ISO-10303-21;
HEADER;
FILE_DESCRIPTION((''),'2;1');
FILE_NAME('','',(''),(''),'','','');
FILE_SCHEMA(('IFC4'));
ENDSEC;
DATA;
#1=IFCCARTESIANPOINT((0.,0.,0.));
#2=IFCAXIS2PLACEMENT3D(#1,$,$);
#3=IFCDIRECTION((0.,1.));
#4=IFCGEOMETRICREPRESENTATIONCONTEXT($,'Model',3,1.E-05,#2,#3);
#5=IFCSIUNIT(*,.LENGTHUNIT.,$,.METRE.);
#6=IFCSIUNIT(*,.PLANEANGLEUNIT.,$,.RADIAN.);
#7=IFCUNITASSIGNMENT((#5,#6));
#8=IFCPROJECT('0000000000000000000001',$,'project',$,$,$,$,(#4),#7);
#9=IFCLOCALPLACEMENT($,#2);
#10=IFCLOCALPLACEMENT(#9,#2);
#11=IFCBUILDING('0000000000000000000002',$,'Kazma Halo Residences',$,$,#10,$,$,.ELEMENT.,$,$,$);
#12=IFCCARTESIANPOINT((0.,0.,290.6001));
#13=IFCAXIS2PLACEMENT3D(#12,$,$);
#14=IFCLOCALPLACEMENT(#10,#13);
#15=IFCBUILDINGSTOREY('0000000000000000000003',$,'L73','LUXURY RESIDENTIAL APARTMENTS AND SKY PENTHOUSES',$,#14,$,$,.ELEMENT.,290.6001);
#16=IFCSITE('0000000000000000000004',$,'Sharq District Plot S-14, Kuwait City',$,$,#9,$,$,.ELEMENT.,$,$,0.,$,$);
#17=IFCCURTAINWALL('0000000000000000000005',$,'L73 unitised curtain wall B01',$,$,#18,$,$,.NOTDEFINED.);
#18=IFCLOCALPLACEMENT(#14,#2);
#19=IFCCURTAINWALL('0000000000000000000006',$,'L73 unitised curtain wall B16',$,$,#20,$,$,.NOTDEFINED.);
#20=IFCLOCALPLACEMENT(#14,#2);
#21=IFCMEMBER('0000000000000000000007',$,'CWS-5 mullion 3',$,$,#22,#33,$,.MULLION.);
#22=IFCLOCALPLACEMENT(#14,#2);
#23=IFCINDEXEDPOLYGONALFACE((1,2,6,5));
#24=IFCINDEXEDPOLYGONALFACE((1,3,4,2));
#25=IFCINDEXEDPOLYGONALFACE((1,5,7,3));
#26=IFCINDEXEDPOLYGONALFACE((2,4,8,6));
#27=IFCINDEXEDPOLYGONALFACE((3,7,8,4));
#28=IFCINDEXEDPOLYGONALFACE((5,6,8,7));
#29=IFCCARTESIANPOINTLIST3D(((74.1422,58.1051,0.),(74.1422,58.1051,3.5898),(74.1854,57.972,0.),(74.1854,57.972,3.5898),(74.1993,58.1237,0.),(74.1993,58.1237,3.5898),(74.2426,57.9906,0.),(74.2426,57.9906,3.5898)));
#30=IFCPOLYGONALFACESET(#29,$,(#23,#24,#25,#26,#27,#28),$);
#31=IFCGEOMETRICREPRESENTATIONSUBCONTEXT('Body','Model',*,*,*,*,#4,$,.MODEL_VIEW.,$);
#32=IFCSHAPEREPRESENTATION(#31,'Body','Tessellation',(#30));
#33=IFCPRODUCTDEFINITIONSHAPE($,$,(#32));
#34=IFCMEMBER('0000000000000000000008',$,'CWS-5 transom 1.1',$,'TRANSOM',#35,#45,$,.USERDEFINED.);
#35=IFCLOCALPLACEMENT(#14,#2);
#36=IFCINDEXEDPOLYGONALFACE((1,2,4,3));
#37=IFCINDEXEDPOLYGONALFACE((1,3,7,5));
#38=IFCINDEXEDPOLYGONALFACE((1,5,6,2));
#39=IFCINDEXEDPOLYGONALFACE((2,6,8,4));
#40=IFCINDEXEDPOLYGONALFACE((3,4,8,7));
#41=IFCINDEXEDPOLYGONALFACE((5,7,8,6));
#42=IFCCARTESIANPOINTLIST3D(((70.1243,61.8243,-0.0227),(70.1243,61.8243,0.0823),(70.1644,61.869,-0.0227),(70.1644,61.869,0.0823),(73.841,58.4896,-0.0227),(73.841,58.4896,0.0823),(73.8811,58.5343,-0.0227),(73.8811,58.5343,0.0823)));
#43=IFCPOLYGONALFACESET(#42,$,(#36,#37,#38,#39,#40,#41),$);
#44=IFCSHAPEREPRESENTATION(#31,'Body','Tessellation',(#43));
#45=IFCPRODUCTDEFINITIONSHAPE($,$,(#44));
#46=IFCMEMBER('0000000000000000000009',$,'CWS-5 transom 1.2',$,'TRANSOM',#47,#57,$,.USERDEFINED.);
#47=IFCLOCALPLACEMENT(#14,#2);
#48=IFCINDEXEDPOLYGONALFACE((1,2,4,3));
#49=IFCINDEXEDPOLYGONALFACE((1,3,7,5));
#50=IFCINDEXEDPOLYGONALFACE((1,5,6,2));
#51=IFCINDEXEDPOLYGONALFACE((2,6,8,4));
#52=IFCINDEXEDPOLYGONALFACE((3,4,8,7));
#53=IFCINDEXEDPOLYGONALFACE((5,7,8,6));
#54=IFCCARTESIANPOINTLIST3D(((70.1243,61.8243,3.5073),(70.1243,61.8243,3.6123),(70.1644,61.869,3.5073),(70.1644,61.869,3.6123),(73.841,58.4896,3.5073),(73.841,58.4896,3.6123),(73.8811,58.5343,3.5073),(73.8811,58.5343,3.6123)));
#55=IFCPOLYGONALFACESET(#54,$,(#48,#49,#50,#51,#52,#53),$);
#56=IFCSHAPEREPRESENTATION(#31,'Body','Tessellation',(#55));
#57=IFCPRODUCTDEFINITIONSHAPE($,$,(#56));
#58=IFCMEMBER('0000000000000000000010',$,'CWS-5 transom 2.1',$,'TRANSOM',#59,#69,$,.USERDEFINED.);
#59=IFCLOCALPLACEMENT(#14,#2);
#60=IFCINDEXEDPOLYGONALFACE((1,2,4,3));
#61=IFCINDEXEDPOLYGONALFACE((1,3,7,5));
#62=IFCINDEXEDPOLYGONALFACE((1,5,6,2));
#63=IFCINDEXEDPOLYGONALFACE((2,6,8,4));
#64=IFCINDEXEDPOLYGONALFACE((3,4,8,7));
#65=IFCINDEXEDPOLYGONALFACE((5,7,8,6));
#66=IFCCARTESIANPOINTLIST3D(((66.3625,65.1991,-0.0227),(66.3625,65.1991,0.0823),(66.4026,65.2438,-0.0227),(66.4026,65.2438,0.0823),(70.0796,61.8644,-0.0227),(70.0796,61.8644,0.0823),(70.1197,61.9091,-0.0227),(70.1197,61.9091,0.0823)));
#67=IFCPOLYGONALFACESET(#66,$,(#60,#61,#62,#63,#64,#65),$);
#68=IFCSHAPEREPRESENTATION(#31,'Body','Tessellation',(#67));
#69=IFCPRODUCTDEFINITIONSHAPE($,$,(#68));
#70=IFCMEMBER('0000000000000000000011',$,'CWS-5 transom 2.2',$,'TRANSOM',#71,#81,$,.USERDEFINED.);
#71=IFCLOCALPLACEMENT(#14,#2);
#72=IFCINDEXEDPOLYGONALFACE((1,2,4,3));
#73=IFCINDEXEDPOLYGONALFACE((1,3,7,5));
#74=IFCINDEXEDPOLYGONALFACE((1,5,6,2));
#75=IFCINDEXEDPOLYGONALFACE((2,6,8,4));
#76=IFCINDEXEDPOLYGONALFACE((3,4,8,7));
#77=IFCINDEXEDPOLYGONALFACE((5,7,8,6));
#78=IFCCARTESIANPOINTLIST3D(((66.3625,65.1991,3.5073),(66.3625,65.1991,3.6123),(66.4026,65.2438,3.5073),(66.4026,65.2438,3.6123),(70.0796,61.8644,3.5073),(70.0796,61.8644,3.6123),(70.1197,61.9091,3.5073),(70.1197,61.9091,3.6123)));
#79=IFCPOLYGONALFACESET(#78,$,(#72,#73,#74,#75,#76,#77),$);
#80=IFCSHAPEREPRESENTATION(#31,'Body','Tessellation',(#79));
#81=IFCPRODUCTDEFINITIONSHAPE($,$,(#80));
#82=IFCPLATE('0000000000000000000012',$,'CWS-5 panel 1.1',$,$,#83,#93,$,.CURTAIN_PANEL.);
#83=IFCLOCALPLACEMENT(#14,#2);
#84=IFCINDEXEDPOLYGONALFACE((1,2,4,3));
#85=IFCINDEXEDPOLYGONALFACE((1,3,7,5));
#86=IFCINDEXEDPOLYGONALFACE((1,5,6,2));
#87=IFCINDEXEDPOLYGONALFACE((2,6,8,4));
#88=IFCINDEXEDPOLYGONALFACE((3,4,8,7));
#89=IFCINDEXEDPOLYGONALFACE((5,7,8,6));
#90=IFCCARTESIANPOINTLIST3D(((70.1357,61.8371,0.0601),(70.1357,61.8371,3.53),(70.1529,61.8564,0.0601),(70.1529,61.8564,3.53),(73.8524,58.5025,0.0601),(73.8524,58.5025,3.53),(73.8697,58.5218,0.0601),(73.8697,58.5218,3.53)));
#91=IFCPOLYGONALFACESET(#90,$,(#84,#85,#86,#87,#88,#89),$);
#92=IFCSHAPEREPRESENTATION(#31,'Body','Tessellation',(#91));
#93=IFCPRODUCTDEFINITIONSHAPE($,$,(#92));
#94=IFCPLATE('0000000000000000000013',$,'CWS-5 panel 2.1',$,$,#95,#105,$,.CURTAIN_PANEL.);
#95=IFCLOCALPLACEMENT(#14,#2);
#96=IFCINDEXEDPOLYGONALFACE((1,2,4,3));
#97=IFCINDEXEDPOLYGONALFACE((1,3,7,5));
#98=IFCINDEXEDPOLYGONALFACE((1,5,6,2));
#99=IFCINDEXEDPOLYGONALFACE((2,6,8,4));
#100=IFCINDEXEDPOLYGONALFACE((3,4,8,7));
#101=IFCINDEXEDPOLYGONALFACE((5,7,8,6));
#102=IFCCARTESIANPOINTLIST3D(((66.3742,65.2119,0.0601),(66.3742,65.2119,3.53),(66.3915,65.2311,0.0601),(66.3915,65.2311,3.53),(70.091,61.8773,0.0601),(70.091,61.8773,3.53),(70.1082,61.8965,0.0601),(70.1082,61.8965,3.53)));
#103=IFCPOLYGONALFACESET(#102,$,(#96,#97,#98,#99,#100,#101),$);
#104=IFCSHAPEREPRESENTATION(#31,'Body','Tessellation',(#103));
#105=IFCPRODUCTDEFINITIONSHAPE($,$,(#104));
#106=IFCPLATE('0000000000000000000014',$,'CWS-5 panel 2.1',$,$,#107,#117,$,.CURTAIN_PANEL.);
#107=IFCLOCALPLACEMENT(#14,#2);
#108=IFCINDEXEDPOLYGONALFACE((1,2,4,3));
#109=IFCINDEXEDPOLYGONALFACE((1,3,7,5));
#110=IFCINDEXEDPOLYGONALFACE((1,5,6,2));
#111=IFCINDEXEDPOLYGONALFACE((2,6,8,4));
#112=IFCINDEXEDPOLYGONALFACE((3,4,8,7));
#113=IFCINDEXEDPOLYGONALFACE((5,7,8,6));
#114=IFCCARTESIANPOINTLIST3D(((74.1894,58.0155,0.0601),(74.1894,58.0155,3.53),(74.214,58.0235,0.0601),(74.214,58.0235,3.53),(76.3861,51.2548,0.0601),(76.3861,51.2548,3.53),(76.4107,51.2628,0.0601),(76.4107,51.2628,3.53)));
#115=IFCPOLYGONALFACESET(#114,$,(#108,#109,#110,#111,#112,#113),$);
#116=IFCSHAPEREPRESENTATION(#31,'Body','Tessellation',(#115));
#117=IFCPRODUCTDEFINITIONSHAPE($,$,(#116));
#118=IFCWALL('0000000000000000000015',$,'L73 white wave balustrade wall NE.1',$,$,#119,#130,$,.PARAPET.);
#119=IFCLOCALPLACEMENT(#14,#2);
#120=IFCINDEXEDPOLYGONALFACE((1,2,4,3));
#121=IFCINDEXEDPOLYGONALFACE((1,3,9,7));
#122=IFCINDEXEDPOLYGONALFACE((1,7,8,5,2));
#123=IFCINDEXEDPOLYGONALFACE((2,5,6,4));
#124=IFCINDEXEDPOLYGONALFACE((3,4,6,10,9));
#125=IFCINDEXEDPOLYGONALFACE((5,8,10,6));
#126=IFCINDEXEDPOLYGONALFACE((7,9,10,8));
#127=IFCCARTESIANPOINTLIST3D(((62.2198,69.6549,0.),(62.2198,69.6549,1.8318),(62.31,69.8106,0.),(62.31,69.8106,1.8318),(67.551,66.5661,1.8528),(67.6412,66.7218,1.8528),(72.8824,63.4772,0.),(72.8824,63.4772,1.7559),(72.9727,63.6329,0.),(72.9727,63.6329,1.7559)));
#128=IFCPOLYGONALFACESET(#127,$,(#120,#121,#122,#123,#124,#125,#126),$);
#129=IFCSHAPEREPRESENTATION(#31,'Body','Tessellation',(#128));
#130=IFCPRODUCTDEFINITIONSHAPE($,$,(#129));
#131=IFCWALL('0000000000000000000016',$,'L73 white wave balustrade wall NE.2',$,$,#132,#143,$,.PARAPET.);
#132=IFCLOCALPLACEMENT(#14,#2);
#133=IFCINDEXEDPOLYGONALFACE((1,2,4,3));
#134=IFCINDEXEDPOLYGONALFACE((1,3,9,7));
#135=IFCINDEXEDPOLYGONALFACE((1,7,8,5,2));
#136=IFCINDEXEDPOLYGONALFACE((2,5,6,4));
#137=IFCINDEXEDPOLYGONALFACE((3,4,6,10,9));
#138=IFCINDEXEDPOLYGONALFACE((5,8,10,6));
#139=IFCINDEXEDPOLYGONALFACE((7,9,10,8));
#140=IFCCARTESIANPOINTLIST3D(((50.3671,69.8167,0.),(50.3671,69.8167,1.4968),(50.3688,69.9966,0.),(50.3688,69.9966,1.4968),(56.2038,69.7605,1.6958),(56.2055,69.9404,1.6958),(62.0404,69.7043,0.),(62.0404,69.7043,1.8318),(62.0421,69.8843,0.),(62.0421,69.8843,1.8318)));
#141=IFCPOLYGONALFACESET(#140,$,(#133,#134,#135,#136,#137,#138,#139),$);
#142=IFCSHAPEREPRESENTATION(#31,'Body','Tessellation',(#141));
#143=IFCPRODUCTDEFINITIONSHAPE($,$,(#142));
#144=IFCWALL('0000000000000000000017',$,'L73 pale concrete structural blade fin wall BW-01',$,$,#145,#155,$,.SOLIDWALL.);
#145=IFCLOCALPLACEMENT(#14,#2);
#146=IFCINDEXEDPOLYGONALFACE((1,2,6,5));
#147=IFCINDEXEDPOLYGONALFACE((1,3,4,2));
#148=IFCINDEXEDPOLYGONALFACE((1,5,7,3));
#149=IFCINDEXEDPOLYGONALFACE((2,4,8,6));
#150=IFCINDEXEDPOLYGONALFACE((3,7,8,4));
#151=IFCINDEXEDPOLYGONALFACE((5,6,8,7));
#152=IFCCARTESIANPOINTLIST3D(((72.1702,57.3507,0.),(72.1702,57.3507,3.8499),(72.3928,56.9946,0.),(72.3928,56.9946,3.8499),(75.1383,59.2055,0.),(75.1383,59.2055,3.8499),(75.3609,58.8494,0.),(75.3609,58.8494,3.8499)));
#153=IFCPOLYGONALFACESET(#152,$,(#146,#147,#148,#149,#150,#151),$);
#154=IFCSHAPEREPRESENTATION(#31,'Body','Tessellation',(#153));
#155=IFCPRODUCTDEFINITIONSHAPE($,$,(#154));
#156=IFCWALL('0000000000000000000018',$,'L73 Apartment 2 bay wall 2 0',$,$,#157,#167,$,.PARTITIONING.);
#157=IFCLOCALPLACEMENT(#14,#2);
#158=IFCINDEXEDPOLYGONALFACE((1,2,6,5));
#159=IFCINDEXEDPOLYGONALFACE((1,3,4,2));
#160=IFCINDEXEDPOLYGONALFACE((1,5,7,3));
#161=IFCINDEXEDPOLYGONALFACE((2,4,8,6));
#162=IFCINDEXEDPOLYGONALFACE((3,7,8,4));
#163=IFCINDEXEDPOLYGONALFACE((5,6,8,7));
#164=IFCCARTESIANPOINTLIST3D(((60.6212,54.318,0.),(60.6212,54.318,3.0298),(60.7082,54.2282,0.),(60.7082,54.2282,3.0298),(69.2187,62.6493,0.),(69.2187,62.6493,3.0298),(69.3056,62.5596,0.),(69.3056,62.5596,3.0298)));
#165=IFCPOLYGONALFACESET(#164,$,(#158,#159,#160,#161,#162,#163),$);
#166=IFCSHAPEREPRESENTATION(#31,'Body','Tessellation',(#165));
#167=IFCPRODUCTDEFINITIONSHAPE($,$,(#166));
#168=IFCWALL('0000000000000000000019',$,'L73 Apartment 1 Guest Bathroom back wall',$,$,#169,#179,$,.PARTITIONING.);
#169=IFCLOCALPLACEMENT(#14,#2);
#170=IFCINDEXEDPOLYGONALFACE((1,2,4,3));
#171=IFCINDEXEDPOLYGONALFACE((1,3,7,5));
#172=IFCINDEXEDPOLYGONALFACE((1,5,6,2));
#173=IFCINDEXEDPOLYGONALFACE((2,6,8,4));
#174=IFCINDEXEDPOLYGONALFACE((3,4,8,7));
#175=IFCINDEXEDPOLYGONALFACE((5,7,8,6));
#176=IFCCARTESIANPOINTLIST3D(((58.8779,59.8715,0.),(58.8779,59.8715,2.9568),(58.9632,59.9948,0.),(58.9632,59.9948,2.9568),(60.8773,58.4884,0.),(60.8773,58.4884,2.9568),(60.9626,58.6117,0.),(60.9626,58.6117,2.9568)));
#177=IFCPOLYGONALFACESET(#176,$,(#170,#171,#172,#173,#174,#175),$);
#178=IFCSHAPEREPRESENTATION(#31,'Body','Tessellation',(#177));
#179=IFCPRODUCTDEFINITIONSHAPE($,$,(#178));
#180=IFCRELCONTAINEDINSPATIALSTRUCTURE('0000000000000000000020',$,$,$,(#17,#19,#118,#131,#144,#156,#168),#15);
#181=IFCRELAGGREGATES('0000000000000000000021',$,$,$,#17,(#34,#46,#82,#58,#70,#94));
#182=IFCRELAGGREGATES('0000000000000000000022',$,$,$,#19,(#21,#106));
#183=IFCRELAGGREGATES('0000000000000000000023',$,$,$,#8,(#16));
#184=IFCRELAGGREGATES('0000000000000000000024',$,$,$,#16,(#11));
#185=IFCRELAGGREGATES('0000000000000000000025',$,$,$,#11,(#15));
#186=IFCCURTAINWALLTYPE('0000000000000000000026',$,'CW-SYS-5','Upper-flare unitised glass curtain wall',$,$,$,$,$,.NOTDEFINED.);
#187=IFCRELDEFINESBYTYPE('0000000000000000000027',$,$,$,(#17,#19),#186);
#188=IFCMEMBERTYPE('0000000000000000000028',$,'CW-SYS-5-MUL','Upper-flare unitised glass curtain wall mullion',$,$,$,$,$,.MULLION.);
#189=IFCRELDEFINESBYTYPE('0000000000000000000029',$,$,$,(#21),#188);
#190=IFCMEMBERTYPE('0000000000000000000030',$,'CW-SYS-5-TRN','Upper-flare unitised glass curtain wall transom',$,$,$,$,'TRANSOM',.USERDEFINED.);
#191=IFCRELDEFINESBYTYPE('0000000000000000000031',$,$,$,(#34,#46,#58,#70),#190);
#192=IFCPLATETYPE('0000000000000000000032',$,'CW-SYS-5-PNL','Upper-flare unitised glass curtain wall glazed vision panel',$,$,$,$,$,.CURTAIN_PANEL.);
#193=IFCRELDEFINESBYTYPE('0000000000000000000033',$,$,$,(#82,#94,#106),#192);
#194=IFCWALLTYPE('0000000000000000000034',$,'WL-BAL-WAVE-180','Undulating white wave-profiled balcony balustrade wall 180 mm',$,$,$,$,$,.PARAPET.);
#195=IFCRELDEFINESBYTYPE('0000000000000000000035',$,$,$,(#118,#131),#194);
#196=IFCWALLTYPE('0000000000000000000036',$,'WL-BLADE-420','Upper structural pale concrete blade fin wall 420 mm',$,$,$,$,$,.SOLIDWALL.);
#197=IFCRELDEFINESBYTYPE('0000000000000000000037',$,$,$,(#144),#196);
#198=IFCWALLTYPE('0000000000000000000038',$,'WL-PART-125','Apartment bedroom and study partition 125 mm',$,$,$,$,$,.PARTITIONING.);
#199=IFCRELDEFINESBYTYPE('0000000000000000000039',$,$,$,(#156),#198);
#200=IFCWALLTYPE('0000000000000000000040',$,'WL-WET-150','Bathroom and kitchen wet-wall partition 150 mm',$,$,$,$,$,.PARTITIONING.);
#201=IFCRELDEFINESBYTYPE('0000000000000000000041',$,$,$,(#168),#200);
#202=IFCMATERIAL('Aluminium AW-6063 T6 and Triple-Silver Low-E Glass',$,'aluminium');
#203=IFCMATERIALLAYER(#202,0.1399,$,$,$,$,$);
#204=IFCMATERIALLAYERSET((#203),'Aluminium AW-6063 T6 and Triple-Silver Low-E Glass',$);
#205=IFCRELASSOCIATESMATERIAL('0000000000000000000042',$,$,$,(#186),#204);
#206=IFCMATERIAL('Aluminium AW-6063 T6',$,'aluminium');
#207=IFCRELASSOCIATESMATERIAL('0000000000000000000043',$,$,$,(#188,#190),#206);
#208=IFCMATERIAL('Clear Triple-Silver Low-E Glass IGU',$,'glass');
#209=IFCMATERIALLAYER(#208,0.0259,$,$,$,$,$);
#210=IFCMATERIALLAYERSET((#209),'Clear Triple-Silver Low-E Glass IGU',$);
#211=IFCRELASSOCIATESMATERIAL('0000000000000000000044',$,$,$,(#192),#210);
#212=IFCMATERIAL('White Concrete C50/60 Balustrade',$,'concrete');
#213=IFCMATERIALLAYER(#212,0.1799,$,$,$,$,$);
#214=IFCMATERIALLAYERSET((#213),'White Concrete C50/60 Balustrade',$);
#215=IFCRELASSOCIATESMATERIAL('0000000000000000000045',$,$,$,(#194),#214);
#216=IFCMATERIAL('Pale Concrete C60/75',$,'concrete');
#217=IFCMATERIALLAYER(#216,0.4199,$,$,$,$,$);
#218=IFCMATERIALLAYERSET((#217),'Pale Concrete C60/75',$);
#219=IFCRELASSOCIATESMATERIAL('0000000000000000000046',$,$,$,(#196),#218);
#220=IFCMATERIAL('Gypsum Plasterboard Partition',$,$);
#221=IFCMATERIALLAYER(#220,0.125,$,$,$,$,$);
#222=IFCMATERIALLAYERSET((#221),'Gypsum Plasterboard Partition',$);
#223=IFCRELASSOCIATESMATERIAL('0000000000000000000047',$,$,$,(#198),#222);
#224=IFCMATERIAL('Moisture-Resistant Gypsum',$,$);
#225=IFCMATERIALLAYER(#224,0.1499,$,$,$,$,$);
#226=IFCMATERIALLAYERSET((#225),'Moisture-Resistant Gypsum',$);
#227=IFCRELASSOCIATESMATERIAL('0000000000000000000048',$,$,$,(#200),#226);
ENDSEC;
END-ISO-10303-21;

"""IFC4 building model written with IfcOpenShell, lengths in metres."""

from ifc_helpers import new_model, si_unit, direction, frame, frame_2d, origin, origin_2d, place, context, subcontext, project, spatial, polyline, rectangle, outline, extrude, material, layer, layer_set, material_profile, profile_set, type_object, element, aggregate, save


model = new_model("IFC4")

# Units and contexts
model_context = context("Model", 3, precision=1e-05, world=origin(), true_north=direction((0.0, 1.0)))
body_context = subcontext(model_context, "Body", "Model", "MODEL_VIEW")
ifc_project = project(units=[si_unit("LENGTHUNIT", "METRE"), si_unit("PLANEANGLEUNIT", "RADIAN")], contexts=[model_context])

# Site, building, storey
site_placement = place(None, origin())
site = spatial("IfcSite", under=ifc_project, at=site_placement, Name="Sharq District Plot S-14, Kuwait City", CompositionType="ELEMENT", RefElevation=0.0)
building_placement = place(site_placement, origin())
building = spatial("IfcBuilding", under=site, at=building_placement, Name="Kazma Halo Residences", CompositionType="ELEMENT")
storey_placement = place(building_placement, frame((0.0, 0.0, 290.6001)))
storey = spatial("IfcBuildingStorey", under=building, at=storey_placement, Name="L73", Description="LUXURY RESIDENTIAL APARTMENTS AND SKY PENTHOUSES", CompositionType="ELEMENT", Elevation=290.6001)

# Curtain wall
ifc_material_1 = material(Name="Aluminium AW-6063 T6 and Triple-Silver Low-E Glass", Category="aluminium")
ifc_layer_1 = layer(ifc_material_1, 0.1399)
ifc_layer_set_1 = layer_set([ifc_layer_1], Name="Aluminium AW-6063 T6 and Triple-Silver Low-E Glass")
curtain_wall_type = type_object("IfcCurtainWallType", Name="CW-SYS-5", Description="Upper-flare unitised glass curtain wall", PredefinedType="NOTDEFINED", material=ifc_layer_set_1)
curtain_wall_1_placement = place(storey_placement, origin())
curtain_wall_1 = element("IfcCurtainWall", 1, at=curtain_wall_1_placement, inside=storey, type_object=curtain_wall_type, Name="L73 unitised curtain wall B01", PredefinedType="NOTDEFINED")
ifc_material_2 = material(Name="Aluminium AW-6063 T6", Category="aluminium")
ifc_material_profile_1 = material_profile(ifc_material_2, rectangle(XDim=0.0601, YDim=0.1399, at=origin_2d()), Name="CWM-60x140")
ifc_profile_set_1 = profile_set([ifc_material_profile_1], Name="Aluminium AW-6063 T6")
member_type_1 = type_object("IfcMemberType", Name="CW-SYS-5-MUL", Description="Upper-flare unitised glass curtain wall mullion", PredefinedType="MULLION", material=ifc_profile_set_1)

# Curtain wall, member
curtain_wall_2_placement = place(storey_placement, origin())
curtain_wall_2 = element("IfcCurtainWall", 2, at=curtain_wall_2_placement, inside=storey, type_object=curtain_wall_type, Name="L73 unitised curtain wall B16", PredefinedType="NOTDEFINED")
member_1_placement = place(storey_placement, frame((74.1924, 58.0479, 0.0), z_axis=(0.0, 0.0, 1.0), x_axis=(-0.951058, -0.309011, 0.0)))
member_1 = element("IfcMember", 3, at=member_1_placement, type_object=member_type_1, Name="CWS-5 mullion 3", PredefinedType="MULLION", context=body_context, shape_type="SweptSolid", body=[
    extrude(rectangle(XDim=0.0601, YDim=0.1399, at=origin_2d()), origin(), (0.0, 0.0, 1.0), 3.5898),
])

# Members
ifc_material_profile_2 = material_profile(ifc_material_2, rectangle(XDim=0.0601, YDim=0.105, at=origin_2d()), Name="CWT-60x105")
ifc_profile_set_2 = profile_set([ifc_material_profile_2], Name="Aluminium AW-6063 T6")
member_type_2 = type_object("IfcMemberType", Name="CW-SYS-5-TRN", Description="Upper-flare unitised glass curtain wall transom", ElementType="TRANSOM", PredefinedType="USERDEFINED", material=ifc_profile_set_2)
member_2_placement = place(storey_placement, frame((73.8611, 58.512, 0.0298), z_axis=(-0.744329, 0.667813, 0.0), x_axis=(-0.667813, -0.744329, 0.0)))
member_2 = element("IfcMember", 4, at=member_2_placement, type_object=member_type_2, Name="CWS-5 transom 1.1", ObjectType="TRANSOM", PredefinedType="USERDEFINED", context=body_context, shape_type="SweptSolid", body=[
    extrude(rectangle(XDim=0.0601, YDim=0.105, at=origin_2d()), origin(), (0.0, 0.0, 1.0), 4.9934),
])
member_3_placement = place(storey_placement, frame((73.8611, 58.512, 3.5598), z_axis=(-0.744329, 0.667813, 0.0), x_axis=(-0.667813, -0.744329, 0.0)))
member_3 = element("IfcMember", 5, at=member_3_placement, type_object=member_type_2, Name="CWS-5 transom 1.2", ObjectType="TRANSOM", PredefinedType="USERDEFINED", context=body_context, shape_type="SweptSolid", body=[
    extrude(rectangle(XDim=0.0601, YDim=0.105, at=origin_2d()), origin(), (0.0, 0.0, 1.0), 4.9934),
])
member_4_placement = place(storey_placement, frame((70.0996, 61.8867, 0.0298), z_axis=(-0.744351, 0.667789, 0.0), x_axis=(-0.667789, -0.744351, 0.0)))
member_4 = element("IfcMember", 6, at=member_4_placement, type_object=member_type_2, Name="CWS-5 transom 2.1", ObjectType="TRANSOM", PredefinedType="USERDEFINED", context=body_context, shape_type="SweptSolid", body=[
    extrude(rectangle(XDim=0.0601, YDim=0.105, at=origin_2d()), origin(), (0.0, 0.0, 1.0), 4.9937),
])
member_5_placement = place(storey_placement, frame((70.0996, 61.8867, 3.5598), z_axis=(-0.744351, 0.667789, 0.0), x_axis=(-0.667789, -0.744351, 0.0)))
member_5 = element("IfcMember", 7, at=member_5_placement, type_object=member_type_2, Name="CWS-5 transom 2.2", ObjectType="TRANSOM", PredefinedType="USERDEFINED", context=body_context, shape_type="SweptSolid", body=[
    extrude(rectangle(XDim=0.0601, YDim=0.105, at=origin_2d()), origin(), (0.0, 0.0, 1.0), 4.9937),
])

# Plates
ifc_material_3 = material(Name="Clear Triple-Silver Low-E Glass IGU", Category="glass")
ifc_layer_2 = layer(ifc_material_3, 0.0259)
ifc_layer_set_2 = layer_set([ifc_layer_2], Name="Clear Triple-Silver Low-E Glass IGU")
plate_type = type_object("IfcPlateType", Name="CW-SYS-5-PNL", Description="Upper-flare unitised glass curtain wall glazed vision panel", PredefinedType="CURTAIN_PANEL", material=ifc_layer_set_2)
plate_1_placement = place(storey_placement, frame((72.0027, 60.1794, 0.0601), z_axis=(0.0, 0.0, 1.0), x_axis=(-0.744336, 0.667805, 0.0)))
plate_1 = element("IfcPlate", 8, at=plate_1_placement, type_object=plate_type, Name="CWS-5 panel 1.1", PredefinedType="CURTAIN_PANEL", context=body_context, shape_type="SweptSolid", body=[
    extrude(rectangle(XDim=4.9934, YDim=0.0259, at=origin_2d()), origin(), (0.0, 0.0, 1.0), 3.47),
])
plate_2_placement = place(storey_placement, frame((68.2412, 63.5542, 0.0601), z_axis=(0.0, 0.0, 1.0), x_axis=(-0.744336, 0.667805, 0.0)))
plate_2 = element("IfcPlate", 9, at=plate_2_placement, type_object=plate_type, Name="CWS-5 panel 2.1", PredefinedType="CURTAIN_PANEL", context=body_context, shape_type="SweptSolid", body=[
    extrude(rectangle(XDim=4.9934, YDim=0.0259, at=origin_2d()), origin(), (0.0, 0.0, 1.0), 3.47),
])
aggregate(curtain_wall_1, [member_2, member_3, plate_1, member_4, member_5, plate_2])
plate_3_placement = place(storey_placement, frame((75.3, 54.6392, 0.0601), z_axis=(0.0, 0.0, 1.0), x_axis=(-0.309011, 0.951058, 0.0)))
plate_3 = element("IfcPlate", 10, at=plate_3_placement, type_object=plate_type, Name="CWS-5 panel 2.1", PredefinedType="CURTAIN_PANEL", context=body_context, shape_type="SweptSolid", body=[
    extrude(rectangle(XDim=7.1086, YDim=0.0259, at=origin_2d()), origin(), (0.0, 0.0, 1.0), 3.47),
])
aggregate(curtain_wall_2, [member_1, plate_3])

# Walls
ifc_material_4 = material(Name="White Concrete C50/60 Balustrade", Category="concrete")
ifc_layer_3 = layer(ifc_material_4, 0.1799)
ifc_layer_set_3 = layer_set([ifc_layer_3], Name="White Concrete C50/60 Balustrade")
wall_type_1 = type_object("IfcWallType", Name="WL-BAL-WAVE-180", Description="Undulating white wave-profiled balcony balustrade wall 180 mm", PredefinedType="PARAPET", material=ifc_layer_set_3)
wall_1_placement = place(storey_placement, frame((72.9275, 63.5549, 0.0), z_axis=(0.0, 0.0, 1.0), x_axis=(-0.865263, 0.501319, 0.0)))
element("IfcWall", 11, at=wall_1_placement, inside=storey, type_object=wall_type_1, Name="L73 white wave balustrade wall NE.1", PredefinedType="PARAPET", context=body_context, shape_type="SweptSolid", body=[
    extrude(outline(polyline([(0.0, 0.0), (12.323, 0.0), (12.323, 1.8318), (6.1616, 1.8528), (0.0, 1.7559), (0.0, 0.0)])), frame((0.0, 0.0898, 0.0), z_axis=(0.0, -1.0, 0.0), x_axis=(1.0, 0.0, 0.0)), (0.0, 0.0, 1.0), 0.1799),
])
wall_2_placement = place(storey_placement, frame((62.0413, 69.7942, 0.0), z_axis=(0.0, 0.0, 1.0), x_axis=(-0.999954, 0.00962, 0.0)))
element("IfcWall", 12, at=wall_2_placement, inside=storey, type_object=wall_type_1, Name="L73 white wave balustrade wall NE.2", PredefinedType="PARAPET", context=body_context, shape_type="SweptSolid", body=[
    extrude(outline(polyline([(0.0, 0.0), (11.6738, 0.0), (11.6738, 1.4968), (5.8369, 1.6958), (0.0, 1.8318), (0.0, 0.0)])), frame((0.0, 0.0898, 0.0), z_axis=(0.0, -1.0, 0.0), x_axis=(1.0, 0.0, 0.0)), (0.0, 0.0, 1.0), 0.1799),
])
ifc_material_5 = material(Name="Pale Concrete C60/75", Category="concrete")
ifc_layer_4 = layer(ifc_material_5, 0.4199)
ifc_layer_set_4 = layer_set([ifc_layer_4], Name="Pale Concrete C60/75")
wall_type_2 = type_object("IfcWallType", Name="WL-BLADE-420", Description="Upper structural pale concrete blade fin wall 420 mm", PredefinedType="SOLIDWALL", material=ifc_layer_set_4)
wall_3_placement = place(storey_placement, frame((72.2815, 57.1726, 0.0), z_axis=(0.0, 0.0, 1.0), x_axis=(0.848034, 0.529943, 0.0)))
element("IfcWall", 13, at=wall_3_placement, inside=storey, type_object=wall_type_2, Name="L73 pale concrete structural blade fin wall BW-01", PredefinedType="SOLIDWALL", context=body_context, shape_type="SweptSolid", body=[
    extrude(rectangle(XDim=3.5, YDim=0.4199, at=frame_2d((1.75, 0.0))), origin(), (0.0, 0.0, 1.0), 3.8499),
])

# Walls
ifc_material_6 = material(Name="Gypsum Plasterboard Partition")
ifc_layer_5 = layer(ifc_material_6, 0.125)
ifc_layer_set_5 = layer_set([ifc_layer_5], Name="Gypsum Plasterboard Partition")
wall_type_3 = type_object("IfcWallType", Name="WL-PART-125", Description="Apartment bedroom and study partition 125 mm", PredefinedType="PARTITIONING", material=ifc_layer_set_5)
wall_4_placement = place(storey_placement, frame((60.6648, 54.2732, 0.0), z_axis=(0.0, 0.0, 1.0), x_axis=(0.718134, 0.695905, 0.0)))
element("IfcWall", 14, at=wall_4_placement, inside=storey, type_object=wall_type_3, Name="L73 Apartment 2 bay wall 2 0", PredefinedType="PARTITIONING", context=body_context, shape_type="SweptSolid", body=[
    extrude(rectangle(XDim=11.9719, YDim=0.125, at=frame_2d((5.9858, 0.0))), origin(), (0.0, 0.0, 1.0), 3.0298),
])
ifc_material_7 = material(Name="Moisture-Resistant Gypsum")
ifc_layer_6 = layer(ifc_material_7, 0.1499)
ifc_layer_set_6 = layer_set([ifc_layer_6], Name="Moisture-Resistant Gypsum")
wall_type_4 = type_object("IfcWallType", Name="WL-WET-150", Description="Bathroom and kitchen wet-wall partition 150 mm", PredefinedType="PARTITIONING", material=ifc_layer_set_6)
wall_5_placement = place(storey_placement, frame((60.9199, 58.55, 0.0), z_axis=(0.0, 0.0, 1.0), x_axis=(-0.822395, 0.568918, 0.0)))
element("IfcWall", 15, at=wall_5_placement, inside=storey, type_object=wall_type_4, Name="L73 Apartment 1 Guest Bathroom back wall", PredefinedType="PARTITIONING", context=body_context, shape_type="SweptSolid", body=[
    extrude(rectangle(XDim=2.4312, YDim=0.1499, at=frame_2d((1.2156, 0.0))), origin(), (0.0, 0.0, 1.0), 2.9568),
])

save(model, "model.ifc")
